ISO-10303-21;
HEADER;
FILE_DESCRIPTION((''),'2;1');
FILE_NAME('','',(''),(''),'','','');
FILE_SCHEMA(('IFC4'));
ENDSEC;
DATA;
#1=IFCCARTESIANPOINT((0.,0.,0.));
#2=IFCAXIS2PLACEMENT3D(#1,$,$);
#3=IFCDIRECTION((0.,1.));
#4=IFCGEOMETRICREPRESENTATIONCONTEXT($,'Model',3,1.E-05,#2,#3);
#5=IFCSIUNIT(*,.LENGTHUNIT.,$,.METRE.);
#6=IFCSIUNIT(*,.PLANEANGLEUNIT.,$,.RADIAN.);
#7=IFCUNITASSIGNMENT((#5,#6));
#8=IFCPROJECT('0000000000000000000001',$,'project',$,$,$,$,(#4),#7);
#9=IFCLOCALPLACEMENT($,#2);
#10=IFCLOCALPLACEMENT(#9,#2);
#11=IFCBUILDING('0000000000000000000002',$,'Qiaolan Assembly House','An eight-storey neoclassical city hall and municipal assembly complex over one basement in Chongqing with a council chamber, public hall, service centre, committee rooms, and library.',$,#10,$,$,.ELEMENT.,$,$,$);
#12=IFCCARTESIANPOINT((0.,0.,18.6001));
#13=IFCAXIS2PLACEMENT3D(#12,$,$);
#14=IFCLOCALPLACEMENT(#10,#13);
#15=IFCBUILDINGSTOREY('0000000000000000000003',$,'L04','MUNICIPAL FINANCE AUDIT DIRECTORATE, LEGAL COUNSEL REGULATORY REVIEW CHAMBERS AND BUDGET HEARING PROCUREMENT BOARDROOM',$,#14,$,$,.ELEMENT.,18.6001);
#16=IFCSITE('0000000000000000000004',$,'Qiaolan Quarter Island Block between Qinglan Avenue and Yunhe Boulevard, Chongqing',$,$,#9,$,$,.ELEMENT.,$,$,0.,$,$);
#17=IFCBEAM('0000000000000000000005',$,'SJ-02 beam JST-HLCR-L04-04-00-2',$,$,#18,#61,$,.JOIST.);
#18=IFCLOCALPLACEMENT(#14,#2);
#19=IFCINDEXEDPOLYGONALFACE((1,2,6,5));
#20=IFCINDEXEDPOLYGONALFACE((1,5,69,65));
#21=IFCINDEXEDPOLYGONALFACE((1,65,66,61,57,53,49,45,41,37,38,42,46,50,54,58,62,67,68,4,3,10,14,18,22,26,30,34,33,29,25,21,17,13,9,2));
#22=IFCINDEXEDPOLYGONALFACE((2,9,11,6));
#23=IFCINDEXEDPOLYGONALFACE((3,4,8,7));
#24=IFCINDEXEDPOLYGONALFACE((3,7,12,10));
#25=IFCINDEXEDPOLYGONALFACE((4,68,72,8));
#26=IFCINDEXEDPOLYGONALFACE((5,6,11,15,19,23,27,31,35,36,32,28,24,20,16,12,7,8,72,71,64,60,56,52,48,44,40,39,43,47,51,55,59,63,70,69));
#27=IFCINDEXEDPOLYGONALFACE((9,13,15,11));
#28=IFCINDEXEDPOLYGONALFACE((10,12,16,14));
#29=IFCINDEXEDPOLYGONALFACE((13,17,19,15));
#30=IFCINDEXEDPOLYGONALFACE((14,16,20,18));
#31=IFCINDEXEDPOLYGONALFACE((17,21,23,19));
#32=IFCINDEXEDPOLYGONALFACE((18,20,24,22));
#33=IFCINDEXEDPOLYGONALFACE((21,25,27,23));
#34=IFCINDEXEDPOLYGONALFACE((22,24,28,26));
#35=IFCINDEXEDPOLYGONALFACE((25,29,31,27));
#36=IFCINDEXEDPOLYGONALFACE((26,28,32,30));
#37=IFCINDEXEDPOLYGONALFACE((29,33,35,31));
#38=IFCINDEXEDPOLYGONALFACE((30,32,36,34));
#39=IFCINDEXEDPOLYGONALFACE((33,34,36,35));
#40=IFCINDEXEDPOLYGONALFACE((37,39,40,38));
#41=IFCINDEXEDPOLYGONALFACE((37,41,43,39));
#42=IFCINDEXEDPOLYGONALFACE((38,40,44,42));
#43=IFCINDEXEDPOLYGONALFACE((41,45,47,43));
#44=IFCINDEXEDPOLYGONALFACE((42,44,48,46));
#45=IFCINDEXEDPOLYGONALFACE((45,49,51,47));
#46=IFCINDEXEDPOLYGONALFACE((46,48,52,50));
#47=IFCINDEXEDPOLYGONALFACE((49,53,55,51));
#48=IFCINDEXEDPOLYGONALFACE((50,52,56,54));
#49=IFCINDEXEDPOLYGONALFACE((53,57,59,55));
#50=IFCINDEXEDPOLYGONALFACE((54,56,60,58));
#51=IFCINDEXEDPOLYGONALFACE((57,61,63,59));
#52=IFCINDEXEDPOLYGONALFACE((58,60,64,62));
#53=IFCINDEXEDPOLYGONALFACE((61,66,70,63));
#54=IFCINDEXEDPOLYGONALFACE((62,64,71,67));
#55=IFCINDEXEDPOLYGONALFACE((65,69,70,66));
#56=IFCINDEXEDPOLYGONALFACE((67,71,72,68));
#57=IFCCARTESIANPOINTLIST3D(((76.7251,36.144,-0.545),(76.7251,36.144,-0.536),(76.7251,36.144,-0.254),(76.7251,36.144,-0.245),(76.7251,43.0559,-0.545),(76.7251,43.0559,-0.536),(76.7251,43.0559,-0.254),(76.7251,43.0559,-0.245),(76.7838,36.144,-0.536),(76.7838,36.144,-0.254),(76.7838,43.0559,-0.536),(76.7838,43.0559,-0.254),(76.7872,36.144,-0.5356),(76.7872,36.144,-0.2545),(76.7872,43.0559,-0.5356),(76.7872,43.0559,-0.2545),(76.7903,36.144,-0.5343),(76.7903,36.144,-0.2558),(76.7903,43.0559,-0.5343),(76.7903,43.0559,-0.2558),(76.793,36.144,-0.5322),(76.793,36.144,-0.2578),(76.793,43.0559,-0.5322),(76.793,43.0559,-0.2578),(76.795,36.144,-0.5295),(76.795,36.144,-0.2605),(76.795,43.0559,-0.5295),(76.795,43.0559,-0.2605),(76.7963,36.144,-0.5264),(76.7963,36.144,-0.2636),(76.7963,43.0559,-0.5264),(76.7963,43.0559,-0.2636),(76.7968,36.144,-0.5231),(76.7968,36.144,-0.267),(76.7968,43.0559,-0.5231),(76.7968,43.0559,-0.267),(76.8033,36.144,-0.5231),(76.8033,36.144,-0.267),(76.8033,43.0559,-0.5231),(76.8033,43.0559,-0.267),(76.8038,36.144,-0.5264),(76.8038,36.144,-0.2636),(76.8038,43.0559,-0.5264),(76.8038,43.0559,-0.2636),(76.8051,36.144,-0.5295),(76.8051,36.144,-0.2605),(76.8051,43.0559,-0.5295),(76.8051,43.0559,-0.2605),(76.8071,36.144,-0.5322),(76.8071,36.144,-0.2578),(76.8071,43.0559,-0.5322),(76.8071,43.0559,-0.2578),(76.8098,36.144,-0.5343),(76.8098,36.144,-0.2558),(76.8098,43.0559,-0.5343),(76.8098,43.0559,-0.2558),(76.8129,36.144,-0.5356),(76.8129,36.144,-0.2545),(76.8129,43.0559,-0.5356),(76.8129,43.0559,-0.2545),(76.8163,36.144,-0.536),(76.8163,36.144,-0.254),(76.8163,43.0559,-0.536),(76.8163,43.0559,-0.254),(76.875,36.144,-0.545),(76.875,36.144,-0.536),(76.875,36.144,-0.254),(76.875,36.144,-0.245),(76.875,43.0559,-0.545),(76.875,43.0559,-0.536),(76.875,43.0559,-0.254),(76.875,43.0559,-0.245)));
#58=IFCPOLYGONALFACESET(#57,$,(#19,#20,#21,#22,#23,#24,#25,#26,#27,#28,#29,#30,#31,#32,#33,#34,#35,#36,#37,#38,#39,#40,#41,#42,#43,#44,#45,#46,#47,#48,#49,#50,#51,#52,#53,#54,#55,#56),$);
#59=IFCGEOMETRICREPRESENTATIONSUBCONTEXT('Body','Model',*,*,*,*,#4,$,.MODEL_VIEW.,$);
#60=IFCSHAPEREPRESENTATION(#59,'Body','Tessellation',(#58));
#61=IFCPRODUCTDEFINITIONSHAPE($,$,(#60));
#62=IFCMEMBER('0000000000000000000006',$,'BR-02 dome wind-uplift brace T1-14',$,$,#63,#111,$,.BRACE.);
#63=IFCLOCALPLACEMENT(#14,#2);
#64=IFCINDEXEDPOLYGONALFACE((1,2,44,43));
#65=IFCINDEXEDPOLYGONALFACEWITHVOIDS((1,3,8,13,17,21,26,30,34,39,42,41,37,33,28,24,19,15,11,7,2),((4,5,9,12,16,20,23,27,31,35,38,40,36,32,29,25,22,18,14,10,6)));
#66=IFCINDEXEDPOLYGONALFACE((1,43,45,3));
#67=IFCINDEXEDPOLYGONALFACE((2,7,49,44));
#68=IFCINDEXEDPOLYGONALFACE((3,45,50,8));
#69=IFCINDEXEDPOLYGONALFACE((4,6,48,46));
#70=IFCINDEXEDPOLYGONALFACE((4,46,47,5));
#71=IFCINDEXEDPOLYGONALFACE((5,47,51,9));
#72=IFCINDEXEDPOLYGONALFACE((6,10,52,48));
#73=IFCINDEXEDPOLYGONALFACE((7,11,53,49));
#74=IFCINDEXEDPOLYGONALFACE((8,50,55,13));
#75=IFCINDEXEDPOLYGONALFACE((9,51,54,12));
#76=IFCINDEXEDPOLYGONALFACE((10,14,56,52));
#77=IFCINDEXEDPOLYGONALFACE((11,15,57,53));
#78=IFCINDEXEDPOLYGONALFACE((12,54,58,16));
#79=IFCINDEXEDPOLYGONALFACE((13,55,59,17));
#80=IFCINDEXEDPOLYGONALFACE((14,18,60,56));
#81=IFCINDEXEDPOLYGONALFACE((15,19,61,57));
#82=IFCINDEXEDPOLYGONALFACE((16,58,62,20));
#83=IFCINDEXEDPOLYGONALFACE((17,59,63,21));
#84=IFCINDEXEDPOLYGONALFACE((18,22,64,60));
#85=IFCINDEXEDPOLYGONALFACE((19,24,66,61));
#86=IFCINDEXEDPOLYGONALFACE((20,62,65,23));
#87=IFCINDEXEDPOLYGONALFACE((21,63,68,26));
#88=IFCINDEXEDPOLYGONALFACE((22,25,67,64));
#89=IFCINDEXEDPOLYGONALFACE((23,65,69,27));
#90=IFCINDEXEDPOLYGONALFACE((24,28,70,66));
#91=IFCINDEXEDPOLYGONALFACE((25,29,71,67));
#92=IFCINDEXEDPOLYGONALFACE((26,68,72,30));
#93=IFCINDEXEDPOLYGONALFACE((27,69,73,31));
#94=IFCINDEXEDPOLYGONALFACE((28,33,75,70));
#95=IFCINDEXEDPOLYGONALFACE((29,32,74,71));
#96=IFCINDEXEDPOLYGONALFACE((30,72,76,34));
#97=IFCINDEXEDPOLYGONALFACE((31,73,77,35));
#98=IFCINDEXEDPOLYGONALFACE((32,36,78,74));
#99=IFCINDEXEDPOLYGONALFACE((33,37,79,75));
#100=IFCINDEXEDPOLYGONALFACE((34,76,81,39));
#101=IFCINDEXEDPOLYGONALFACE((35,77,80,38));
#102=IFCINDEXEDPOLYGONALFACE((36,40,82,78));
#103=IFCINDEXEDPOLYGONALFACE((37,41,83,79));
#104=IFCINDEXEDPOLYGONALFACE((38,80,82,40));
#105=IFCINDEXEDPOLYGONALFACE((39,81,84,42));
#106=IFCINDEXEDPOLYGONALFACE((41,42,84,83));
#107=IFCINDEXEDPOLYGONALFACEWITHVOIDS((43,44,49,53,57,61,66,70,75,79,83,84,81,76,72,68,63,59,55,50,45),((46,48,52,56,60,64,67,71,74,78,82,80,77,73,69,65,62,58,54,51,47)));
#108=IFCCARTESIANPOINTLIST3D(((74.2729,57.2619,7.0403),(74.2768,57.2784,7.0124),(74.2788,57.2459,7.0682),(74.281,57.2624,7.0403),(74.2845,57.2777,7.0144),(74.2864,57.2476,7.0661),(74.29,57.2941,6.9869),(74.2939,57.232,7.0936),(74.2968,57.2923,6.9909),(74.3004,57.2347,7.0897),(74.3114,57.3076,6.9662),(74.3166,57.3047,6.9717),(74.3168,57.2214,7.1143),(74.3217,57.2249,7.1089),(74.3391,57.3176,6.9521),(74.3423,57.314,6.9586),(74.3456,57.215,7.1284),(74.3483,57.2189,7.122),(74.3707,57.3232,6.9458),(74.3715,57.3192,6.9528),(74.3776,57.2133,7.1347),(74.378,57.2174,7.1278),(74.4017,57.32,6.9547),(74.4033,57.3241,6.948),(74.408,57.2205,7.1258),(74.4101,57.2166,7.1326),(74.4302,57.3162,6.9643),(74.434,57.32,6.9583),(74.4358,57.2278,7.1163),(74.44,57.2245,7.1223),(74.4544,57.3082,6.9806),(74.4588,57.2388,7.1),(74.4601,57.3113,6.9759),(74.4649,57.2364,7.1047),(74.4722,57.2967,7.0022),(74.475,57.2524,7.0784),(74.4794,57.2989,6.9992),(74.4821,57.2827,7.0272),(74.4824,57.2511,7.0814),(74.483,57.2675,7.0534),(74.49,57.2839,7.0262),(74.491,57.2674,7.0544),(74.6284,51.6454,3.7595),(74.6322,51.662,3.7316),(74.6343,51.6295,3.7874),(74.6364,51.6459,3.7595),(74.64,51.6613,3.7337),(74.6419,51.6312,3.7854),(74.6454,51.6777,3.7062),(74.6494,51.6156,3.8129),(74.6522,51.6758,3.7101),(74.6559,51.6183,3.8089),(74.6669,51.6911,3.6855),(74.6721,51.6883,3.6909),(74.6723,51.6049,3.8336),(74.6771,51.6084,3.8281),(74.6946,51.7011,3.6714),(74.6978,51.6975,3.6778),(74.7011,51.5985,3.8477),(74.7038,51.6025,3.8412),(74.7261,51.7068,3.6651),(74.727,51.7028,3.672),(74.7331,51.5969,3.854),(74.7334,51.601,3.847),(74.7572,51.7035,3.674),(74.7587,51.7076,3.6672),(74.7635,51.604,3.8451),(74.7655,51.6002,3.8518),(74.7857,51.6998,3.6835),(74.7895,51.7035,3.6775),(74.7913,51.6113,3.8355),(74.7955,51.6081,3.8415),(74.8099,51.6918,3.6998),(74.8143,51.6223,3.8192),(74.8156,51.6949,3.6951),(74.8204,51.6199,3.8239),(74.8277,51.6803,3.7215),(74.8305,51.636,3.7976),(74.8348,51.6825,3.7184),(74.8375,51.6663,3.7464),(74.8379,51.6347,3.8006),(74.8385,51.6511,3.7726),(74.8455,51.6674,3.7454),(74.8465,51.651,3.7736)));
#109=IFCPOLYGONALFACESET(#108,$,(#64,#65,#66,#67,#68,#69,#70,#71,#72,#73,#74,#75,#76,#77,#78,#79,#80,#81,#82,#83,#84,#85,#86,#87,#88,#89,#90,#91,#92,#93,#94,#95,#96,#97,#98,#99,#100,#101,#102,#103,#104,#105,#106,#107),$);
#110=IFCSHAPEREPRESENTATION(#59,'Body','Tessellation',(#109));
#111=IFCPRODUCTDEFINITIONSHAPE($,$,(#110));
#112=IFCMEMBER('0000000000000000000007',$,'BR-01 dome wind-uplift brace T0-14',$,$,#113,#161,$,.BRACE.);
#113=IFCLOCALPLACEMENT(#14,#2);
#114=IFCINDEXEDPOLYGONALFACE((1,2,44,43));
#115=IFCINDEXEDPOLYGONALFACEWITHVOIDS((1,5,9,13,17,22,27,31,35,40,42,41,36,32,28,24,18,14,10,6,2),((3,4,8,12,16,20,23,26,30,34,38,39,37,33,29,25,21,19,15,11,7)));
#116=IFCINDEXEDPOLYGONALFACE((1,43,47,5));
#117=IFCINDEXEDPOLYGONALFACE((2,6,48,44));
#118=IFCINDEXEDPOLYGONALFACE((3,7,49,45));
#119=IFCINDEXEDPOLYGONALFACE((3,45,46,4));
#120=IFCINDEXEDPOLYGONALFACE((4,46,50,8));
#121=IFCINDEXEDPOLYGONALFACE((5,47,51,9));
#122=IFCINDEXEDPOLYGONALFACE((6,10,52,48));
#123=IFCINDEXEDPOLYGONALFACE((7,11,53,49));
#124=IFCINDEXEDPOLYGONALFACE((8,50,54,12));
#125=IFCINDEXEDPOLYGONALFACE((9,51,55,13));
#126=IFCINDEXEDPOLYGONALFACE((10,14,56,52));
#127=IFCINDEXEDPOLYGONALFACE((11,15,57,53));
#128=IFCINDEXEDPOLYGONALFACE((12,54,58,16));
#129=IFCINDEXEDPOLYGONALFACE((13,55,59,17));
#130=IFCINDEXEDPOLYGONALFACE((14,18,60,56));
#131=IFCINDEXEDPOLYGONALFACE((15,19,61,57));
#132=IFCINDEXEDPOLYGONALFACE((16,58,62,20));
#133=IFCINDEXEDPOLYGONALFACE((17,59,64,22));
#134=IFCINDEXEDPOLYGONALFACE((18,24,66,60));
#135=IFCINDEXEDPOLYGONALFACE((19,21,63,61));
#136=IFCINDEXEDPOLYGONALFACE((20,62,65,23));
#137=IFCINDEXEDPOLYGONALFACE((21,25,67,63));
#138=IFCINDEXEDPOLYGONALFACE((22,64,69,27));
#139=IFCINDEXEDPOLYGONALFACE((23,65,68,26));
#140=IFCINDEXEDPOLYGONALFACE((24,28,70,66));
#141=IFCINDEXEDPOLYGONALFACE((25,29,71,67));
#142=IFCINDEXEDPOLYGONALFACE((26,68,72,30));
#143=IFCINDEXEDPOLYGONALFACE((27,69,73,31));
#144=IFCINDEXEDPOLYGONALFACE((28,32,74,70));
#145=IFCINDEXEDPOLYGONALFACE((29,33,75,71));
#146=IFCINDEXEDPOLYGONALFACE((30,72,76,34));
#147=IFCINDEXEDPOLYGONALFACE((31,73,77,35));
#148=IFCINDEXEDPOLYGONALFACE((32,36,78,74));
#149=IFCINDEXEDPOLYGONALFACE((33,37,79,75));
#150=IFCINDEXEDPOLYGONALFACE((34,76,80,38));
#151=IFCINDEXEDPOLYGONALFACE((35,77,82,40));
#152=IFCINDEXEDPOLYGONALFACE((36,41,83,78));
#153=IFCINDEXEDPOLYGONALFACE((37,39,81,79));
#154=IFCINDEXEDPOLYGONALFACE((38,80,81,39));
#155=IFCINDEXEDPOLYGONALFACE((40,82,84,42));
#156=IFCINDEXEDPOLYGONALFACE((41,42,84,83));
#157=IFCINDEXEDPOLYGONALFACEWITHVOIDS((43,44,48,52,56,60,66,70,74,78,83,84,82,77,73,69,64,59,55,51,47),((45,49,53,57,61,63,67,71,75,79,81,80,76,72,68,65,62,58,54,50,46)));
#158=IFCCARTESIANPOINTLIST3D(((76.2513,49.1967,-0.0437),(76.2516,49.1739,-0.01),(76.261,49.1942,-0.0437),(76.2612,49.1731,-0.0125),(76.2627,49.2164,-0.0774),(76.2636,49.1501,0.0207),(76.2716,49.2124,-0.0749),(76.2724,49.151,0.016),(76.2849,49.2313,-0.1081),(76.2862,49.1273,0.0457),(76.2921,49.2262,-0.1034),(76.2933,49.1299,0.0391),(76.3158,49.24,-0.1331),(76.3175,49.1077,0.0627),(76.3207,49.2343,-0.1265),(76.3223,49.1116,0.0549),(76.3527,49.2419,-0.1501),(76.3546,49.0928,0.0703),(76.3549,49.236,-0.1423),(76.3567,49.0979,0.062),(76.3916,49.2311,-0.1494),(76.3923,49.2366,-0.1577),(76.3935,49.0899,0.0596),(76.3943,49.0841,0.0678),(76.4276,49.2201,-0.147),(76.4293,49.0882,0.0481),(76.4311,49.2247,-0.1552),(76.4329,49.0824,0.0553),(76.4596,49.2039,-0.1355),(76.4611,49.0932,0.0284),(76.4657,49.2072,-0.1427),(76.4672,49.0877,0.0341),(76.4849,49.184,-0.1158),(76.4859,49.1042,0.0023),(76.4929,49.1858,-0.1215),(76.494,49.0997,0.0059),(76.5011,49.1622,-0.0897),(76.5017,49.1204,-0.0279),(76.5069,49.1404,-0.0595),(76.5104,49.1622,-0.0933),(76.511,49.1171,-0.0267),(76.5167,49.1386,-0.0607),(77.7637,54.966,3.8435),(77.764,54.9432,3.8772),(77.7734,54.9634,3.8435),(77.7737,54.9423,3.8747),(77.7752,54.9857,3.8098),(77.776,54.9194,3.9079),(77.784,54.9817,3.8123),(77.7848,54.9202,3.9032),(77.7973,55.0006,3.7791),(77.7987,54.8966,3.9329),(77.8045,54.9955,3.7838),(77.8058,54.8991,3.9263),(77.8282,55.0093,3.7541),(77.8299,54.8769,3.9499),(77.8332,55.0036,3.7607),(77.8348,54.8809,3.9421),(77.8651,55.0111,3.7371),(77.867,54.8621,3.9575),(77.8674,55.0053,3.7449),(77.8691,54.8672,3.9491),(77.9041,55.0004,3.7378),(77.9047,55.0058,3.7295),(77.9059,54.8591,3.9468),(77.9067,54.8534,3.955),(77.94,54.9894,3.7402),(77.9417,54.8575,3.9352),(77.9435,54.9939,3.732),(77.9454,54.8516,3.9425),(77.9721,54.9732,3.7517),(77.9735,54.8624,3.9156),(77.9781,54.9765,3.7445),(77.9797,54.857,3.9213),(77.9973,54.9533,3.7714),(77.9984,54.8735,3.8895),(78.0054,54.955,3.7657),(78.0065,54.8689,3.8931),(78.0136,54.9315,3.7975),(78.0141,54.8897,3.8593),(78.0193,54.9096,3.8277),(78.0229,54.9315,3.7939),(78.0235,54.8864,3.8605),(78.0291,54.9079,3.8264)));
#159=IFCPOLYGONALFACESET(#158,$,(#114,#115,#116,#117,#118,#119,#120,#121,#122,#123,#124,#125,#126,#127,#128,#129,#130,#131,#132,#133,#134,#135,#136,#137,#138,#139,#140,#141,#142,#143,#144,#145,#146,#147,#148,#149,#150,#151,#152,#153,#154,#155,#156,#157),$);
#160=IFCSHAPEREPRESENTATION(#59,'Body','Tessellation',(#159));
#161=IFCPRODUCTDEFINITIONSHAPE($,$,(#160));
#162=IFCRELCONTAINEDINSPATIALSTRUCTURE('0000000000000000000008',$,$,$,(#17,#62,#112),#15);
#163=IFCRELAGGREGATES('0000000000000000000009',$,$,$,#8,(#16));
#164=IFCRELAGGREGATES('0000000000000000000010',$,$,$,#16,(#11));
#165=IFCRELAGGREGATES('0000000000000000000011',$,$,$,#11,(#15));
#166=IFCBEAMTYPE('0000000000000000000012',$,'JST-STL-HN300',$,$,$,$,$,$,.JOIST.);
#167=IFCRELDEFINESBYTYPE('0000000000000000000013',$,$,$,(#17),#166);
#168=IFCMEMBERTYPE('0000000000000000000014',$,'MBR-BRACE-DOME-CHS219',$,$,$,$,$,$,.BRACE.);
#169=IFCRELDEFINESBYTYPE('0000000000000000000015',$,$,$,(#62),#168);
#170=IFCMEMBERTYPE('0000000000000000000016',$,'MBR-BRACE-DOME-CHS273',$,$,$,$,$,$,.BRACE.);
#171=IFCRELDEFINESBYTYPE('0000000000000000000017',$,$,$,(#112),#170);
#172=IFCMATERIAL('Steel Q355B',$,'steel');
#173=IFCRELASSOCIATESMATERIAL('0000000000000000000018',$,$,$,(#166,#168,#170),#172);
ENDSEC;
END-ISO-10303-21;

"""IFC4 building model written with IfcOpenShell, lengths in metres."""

from ifc_helpers import new_model, si_unit, direction, frame, origin, origin_2d, place, context, subcontext, project, spatial, hollow_circle, i_section, extrude, material, material_profile, profile_set, type_object, element, save


model = new_model("IFC4")

# Units and contexts
model_context = context("Model", 3, precision=1e-05, world=origin(), true_north=direction((0.0, 1.0)))
body_context = subcontext(model_context, "Body", "Model", "MODEL_VIEW")
ifc_project = project(units=[si_unit("LENGTHUNIT", "METRE"), si_unit("PLANEANGLEUNIT", "RADIAN")], contexts=[model_context])

# Site, building, storey
site_placement = place(None, origin())
site = spatial("IfcSite", under=ifc_project, at=site_placement, Name="Qiaolan Quarter Island Block between Qinglan Avenue and Yunhe Boulevard, Chongqing", CompositionType="ELEMENT", RefElevation=0.0)
building_placement = place(site_placement, origin())
building = spatial("IfcBuilding", under=site, at=building_placement, Name="Qiaolan Assembly House", Description="An eight-storey neoclassical city hall and municipal assembly complex over one basement in Chongqing with a council chamber, public hall, service centre, committee rooms, and library.", CompositionType="ELEMENT")
storey_placement = place(building_placement, frame((0.0, 0.0, 18.6001)))
storey = spatial("IfcBuildingStorey", under=building, at=storey_placement, Name="L04", Description="MUNICIPAL FINANCE AUDIT DIRECTORATE, LEGAL COUNSEL REGULATORY REVIEW CHAMBERS AND BUDGET HEARING PROCUREMENT BOARDROOM", CompositionType="ELEMENT", Elevation=18.6001)

# Beam
ifc_material_1 = material(Name="Steel Q355B", Category="steel")
ifc_material_profile_1 = material_profile(ifc_material_1, i_section(OverallWidth=0.1499, OverallDepth=0.3, WebThickness=0.0066, FlangeThickness=0.009, FilletRadius=0.0129, at=origin_2d()), Name="HN 300x150x6.5x9")
ifc_profile_set_1 = profile_set([ifc_material_profile_1], Name="Steel Q355B")
beam_type_1 = type_object("IfcBeamType", Name="JST-STL-HN300", PredefinedType="JOIST", material=ifc_profile_set_1)
for number, where, z_axis, x_axis, name in (
    (1, (76.8, 36.144, -0.395), (0.0, 1.0, 0.0), (-1.0, 0.0, 0.0), "SJ-02 beam JST-HLCR-L04-04-00-2"),
):
    element("IfcBeam", number, at=place(storey_placement, frame(where, z_axis=z_axis, x_axis=x_axis)), inside=storey, type_object=beam_type_1, Name=name, PredefinedType="JOIST", context=body_context, shape_type="SweptSolid", body=[
        extrude(i_section(OverallWidth=0.1499, OverallDepth=0.3, WebThickness=0.0066, FlangeThickness=0.009, FilletRadius=0.0129, at=origin_2d()), origin(), (0.0, 0.0, 1.0), 6.9119),
    ])

# Members
ifc_material_profile_2 = material_profile(ifc_material_1, hollow_circle(Radius=0.1096, WallThickness=0.0081, at=origin_2d()), Name="CHS 219.1x8")
ifc_profile_set_2 = profile_set([ifc_material_profile_2], Name="Steel Q355B")
member_type_1 = type_object("IfcMemberType", Name="MBR-BRACE-DOME-CHS219", PredefinedType="BRACE", material=ifc_profile_set_2)
member_1_placement = place(storey_placement, frame((74.7378, 51.6523, 3.7595), z_axis=(-0.054569, 0.862191, 0.503635), x_axis=(-0.998003, -0.063164, 0.0)))
element("IfcMember", 2, at=member_1_placement, inside=storey, type_object=member_type_1, Name="BR-02 dome wind-uplift brace T1-14", PredefinedType="BRACE", context=body_context, shape_type="SweptSolid", body=[
    extrude(hollow_circle(Radius=0.1096, WallThickness=0.0081, at=origin_2d()), origin(), (0.0, 0.0, 1.0), 6.5142),
])
ifc_material_profile_3 = material_profile(ifc_material_1, hollow_circle(Radius=0.1365, WallThickness=0.01, at=origin_2d()), Name="CHS 273x10")
ifc_profile_set_3 = profile_set([ifc_material_profile_3], Name="Steel Q355B")
member_type_2 = type_object("IfcMemberType", Name="MBR-BRACE-DOME-CHS273", PredefinedType="BRACE", material=ifc_profile_set_3)
member_2_placement = place(storey_placement, frame((76.3833, 49.1621, -0.0437), z_axis=(0.212448, 0.810388, 0.54602), x_axis=(-0.967313, 0.253586, 0.0)))
element("IfcMember", 3, at=member_2_placement, inside=storey, type_object=member_type_2, Name="BR-01 dome wind-uplift brace T0-14", PredefinedType="BRACE", context=body_context, shape_type="SweptSolid", body=[
    extrude(hollow_circle(Radius=0.1365, WallThickness=0.01, at=origin_2d()), origin(), (0.0, 0.0, 1.0), 7.1191),
])

save(model, "model.ifc")
